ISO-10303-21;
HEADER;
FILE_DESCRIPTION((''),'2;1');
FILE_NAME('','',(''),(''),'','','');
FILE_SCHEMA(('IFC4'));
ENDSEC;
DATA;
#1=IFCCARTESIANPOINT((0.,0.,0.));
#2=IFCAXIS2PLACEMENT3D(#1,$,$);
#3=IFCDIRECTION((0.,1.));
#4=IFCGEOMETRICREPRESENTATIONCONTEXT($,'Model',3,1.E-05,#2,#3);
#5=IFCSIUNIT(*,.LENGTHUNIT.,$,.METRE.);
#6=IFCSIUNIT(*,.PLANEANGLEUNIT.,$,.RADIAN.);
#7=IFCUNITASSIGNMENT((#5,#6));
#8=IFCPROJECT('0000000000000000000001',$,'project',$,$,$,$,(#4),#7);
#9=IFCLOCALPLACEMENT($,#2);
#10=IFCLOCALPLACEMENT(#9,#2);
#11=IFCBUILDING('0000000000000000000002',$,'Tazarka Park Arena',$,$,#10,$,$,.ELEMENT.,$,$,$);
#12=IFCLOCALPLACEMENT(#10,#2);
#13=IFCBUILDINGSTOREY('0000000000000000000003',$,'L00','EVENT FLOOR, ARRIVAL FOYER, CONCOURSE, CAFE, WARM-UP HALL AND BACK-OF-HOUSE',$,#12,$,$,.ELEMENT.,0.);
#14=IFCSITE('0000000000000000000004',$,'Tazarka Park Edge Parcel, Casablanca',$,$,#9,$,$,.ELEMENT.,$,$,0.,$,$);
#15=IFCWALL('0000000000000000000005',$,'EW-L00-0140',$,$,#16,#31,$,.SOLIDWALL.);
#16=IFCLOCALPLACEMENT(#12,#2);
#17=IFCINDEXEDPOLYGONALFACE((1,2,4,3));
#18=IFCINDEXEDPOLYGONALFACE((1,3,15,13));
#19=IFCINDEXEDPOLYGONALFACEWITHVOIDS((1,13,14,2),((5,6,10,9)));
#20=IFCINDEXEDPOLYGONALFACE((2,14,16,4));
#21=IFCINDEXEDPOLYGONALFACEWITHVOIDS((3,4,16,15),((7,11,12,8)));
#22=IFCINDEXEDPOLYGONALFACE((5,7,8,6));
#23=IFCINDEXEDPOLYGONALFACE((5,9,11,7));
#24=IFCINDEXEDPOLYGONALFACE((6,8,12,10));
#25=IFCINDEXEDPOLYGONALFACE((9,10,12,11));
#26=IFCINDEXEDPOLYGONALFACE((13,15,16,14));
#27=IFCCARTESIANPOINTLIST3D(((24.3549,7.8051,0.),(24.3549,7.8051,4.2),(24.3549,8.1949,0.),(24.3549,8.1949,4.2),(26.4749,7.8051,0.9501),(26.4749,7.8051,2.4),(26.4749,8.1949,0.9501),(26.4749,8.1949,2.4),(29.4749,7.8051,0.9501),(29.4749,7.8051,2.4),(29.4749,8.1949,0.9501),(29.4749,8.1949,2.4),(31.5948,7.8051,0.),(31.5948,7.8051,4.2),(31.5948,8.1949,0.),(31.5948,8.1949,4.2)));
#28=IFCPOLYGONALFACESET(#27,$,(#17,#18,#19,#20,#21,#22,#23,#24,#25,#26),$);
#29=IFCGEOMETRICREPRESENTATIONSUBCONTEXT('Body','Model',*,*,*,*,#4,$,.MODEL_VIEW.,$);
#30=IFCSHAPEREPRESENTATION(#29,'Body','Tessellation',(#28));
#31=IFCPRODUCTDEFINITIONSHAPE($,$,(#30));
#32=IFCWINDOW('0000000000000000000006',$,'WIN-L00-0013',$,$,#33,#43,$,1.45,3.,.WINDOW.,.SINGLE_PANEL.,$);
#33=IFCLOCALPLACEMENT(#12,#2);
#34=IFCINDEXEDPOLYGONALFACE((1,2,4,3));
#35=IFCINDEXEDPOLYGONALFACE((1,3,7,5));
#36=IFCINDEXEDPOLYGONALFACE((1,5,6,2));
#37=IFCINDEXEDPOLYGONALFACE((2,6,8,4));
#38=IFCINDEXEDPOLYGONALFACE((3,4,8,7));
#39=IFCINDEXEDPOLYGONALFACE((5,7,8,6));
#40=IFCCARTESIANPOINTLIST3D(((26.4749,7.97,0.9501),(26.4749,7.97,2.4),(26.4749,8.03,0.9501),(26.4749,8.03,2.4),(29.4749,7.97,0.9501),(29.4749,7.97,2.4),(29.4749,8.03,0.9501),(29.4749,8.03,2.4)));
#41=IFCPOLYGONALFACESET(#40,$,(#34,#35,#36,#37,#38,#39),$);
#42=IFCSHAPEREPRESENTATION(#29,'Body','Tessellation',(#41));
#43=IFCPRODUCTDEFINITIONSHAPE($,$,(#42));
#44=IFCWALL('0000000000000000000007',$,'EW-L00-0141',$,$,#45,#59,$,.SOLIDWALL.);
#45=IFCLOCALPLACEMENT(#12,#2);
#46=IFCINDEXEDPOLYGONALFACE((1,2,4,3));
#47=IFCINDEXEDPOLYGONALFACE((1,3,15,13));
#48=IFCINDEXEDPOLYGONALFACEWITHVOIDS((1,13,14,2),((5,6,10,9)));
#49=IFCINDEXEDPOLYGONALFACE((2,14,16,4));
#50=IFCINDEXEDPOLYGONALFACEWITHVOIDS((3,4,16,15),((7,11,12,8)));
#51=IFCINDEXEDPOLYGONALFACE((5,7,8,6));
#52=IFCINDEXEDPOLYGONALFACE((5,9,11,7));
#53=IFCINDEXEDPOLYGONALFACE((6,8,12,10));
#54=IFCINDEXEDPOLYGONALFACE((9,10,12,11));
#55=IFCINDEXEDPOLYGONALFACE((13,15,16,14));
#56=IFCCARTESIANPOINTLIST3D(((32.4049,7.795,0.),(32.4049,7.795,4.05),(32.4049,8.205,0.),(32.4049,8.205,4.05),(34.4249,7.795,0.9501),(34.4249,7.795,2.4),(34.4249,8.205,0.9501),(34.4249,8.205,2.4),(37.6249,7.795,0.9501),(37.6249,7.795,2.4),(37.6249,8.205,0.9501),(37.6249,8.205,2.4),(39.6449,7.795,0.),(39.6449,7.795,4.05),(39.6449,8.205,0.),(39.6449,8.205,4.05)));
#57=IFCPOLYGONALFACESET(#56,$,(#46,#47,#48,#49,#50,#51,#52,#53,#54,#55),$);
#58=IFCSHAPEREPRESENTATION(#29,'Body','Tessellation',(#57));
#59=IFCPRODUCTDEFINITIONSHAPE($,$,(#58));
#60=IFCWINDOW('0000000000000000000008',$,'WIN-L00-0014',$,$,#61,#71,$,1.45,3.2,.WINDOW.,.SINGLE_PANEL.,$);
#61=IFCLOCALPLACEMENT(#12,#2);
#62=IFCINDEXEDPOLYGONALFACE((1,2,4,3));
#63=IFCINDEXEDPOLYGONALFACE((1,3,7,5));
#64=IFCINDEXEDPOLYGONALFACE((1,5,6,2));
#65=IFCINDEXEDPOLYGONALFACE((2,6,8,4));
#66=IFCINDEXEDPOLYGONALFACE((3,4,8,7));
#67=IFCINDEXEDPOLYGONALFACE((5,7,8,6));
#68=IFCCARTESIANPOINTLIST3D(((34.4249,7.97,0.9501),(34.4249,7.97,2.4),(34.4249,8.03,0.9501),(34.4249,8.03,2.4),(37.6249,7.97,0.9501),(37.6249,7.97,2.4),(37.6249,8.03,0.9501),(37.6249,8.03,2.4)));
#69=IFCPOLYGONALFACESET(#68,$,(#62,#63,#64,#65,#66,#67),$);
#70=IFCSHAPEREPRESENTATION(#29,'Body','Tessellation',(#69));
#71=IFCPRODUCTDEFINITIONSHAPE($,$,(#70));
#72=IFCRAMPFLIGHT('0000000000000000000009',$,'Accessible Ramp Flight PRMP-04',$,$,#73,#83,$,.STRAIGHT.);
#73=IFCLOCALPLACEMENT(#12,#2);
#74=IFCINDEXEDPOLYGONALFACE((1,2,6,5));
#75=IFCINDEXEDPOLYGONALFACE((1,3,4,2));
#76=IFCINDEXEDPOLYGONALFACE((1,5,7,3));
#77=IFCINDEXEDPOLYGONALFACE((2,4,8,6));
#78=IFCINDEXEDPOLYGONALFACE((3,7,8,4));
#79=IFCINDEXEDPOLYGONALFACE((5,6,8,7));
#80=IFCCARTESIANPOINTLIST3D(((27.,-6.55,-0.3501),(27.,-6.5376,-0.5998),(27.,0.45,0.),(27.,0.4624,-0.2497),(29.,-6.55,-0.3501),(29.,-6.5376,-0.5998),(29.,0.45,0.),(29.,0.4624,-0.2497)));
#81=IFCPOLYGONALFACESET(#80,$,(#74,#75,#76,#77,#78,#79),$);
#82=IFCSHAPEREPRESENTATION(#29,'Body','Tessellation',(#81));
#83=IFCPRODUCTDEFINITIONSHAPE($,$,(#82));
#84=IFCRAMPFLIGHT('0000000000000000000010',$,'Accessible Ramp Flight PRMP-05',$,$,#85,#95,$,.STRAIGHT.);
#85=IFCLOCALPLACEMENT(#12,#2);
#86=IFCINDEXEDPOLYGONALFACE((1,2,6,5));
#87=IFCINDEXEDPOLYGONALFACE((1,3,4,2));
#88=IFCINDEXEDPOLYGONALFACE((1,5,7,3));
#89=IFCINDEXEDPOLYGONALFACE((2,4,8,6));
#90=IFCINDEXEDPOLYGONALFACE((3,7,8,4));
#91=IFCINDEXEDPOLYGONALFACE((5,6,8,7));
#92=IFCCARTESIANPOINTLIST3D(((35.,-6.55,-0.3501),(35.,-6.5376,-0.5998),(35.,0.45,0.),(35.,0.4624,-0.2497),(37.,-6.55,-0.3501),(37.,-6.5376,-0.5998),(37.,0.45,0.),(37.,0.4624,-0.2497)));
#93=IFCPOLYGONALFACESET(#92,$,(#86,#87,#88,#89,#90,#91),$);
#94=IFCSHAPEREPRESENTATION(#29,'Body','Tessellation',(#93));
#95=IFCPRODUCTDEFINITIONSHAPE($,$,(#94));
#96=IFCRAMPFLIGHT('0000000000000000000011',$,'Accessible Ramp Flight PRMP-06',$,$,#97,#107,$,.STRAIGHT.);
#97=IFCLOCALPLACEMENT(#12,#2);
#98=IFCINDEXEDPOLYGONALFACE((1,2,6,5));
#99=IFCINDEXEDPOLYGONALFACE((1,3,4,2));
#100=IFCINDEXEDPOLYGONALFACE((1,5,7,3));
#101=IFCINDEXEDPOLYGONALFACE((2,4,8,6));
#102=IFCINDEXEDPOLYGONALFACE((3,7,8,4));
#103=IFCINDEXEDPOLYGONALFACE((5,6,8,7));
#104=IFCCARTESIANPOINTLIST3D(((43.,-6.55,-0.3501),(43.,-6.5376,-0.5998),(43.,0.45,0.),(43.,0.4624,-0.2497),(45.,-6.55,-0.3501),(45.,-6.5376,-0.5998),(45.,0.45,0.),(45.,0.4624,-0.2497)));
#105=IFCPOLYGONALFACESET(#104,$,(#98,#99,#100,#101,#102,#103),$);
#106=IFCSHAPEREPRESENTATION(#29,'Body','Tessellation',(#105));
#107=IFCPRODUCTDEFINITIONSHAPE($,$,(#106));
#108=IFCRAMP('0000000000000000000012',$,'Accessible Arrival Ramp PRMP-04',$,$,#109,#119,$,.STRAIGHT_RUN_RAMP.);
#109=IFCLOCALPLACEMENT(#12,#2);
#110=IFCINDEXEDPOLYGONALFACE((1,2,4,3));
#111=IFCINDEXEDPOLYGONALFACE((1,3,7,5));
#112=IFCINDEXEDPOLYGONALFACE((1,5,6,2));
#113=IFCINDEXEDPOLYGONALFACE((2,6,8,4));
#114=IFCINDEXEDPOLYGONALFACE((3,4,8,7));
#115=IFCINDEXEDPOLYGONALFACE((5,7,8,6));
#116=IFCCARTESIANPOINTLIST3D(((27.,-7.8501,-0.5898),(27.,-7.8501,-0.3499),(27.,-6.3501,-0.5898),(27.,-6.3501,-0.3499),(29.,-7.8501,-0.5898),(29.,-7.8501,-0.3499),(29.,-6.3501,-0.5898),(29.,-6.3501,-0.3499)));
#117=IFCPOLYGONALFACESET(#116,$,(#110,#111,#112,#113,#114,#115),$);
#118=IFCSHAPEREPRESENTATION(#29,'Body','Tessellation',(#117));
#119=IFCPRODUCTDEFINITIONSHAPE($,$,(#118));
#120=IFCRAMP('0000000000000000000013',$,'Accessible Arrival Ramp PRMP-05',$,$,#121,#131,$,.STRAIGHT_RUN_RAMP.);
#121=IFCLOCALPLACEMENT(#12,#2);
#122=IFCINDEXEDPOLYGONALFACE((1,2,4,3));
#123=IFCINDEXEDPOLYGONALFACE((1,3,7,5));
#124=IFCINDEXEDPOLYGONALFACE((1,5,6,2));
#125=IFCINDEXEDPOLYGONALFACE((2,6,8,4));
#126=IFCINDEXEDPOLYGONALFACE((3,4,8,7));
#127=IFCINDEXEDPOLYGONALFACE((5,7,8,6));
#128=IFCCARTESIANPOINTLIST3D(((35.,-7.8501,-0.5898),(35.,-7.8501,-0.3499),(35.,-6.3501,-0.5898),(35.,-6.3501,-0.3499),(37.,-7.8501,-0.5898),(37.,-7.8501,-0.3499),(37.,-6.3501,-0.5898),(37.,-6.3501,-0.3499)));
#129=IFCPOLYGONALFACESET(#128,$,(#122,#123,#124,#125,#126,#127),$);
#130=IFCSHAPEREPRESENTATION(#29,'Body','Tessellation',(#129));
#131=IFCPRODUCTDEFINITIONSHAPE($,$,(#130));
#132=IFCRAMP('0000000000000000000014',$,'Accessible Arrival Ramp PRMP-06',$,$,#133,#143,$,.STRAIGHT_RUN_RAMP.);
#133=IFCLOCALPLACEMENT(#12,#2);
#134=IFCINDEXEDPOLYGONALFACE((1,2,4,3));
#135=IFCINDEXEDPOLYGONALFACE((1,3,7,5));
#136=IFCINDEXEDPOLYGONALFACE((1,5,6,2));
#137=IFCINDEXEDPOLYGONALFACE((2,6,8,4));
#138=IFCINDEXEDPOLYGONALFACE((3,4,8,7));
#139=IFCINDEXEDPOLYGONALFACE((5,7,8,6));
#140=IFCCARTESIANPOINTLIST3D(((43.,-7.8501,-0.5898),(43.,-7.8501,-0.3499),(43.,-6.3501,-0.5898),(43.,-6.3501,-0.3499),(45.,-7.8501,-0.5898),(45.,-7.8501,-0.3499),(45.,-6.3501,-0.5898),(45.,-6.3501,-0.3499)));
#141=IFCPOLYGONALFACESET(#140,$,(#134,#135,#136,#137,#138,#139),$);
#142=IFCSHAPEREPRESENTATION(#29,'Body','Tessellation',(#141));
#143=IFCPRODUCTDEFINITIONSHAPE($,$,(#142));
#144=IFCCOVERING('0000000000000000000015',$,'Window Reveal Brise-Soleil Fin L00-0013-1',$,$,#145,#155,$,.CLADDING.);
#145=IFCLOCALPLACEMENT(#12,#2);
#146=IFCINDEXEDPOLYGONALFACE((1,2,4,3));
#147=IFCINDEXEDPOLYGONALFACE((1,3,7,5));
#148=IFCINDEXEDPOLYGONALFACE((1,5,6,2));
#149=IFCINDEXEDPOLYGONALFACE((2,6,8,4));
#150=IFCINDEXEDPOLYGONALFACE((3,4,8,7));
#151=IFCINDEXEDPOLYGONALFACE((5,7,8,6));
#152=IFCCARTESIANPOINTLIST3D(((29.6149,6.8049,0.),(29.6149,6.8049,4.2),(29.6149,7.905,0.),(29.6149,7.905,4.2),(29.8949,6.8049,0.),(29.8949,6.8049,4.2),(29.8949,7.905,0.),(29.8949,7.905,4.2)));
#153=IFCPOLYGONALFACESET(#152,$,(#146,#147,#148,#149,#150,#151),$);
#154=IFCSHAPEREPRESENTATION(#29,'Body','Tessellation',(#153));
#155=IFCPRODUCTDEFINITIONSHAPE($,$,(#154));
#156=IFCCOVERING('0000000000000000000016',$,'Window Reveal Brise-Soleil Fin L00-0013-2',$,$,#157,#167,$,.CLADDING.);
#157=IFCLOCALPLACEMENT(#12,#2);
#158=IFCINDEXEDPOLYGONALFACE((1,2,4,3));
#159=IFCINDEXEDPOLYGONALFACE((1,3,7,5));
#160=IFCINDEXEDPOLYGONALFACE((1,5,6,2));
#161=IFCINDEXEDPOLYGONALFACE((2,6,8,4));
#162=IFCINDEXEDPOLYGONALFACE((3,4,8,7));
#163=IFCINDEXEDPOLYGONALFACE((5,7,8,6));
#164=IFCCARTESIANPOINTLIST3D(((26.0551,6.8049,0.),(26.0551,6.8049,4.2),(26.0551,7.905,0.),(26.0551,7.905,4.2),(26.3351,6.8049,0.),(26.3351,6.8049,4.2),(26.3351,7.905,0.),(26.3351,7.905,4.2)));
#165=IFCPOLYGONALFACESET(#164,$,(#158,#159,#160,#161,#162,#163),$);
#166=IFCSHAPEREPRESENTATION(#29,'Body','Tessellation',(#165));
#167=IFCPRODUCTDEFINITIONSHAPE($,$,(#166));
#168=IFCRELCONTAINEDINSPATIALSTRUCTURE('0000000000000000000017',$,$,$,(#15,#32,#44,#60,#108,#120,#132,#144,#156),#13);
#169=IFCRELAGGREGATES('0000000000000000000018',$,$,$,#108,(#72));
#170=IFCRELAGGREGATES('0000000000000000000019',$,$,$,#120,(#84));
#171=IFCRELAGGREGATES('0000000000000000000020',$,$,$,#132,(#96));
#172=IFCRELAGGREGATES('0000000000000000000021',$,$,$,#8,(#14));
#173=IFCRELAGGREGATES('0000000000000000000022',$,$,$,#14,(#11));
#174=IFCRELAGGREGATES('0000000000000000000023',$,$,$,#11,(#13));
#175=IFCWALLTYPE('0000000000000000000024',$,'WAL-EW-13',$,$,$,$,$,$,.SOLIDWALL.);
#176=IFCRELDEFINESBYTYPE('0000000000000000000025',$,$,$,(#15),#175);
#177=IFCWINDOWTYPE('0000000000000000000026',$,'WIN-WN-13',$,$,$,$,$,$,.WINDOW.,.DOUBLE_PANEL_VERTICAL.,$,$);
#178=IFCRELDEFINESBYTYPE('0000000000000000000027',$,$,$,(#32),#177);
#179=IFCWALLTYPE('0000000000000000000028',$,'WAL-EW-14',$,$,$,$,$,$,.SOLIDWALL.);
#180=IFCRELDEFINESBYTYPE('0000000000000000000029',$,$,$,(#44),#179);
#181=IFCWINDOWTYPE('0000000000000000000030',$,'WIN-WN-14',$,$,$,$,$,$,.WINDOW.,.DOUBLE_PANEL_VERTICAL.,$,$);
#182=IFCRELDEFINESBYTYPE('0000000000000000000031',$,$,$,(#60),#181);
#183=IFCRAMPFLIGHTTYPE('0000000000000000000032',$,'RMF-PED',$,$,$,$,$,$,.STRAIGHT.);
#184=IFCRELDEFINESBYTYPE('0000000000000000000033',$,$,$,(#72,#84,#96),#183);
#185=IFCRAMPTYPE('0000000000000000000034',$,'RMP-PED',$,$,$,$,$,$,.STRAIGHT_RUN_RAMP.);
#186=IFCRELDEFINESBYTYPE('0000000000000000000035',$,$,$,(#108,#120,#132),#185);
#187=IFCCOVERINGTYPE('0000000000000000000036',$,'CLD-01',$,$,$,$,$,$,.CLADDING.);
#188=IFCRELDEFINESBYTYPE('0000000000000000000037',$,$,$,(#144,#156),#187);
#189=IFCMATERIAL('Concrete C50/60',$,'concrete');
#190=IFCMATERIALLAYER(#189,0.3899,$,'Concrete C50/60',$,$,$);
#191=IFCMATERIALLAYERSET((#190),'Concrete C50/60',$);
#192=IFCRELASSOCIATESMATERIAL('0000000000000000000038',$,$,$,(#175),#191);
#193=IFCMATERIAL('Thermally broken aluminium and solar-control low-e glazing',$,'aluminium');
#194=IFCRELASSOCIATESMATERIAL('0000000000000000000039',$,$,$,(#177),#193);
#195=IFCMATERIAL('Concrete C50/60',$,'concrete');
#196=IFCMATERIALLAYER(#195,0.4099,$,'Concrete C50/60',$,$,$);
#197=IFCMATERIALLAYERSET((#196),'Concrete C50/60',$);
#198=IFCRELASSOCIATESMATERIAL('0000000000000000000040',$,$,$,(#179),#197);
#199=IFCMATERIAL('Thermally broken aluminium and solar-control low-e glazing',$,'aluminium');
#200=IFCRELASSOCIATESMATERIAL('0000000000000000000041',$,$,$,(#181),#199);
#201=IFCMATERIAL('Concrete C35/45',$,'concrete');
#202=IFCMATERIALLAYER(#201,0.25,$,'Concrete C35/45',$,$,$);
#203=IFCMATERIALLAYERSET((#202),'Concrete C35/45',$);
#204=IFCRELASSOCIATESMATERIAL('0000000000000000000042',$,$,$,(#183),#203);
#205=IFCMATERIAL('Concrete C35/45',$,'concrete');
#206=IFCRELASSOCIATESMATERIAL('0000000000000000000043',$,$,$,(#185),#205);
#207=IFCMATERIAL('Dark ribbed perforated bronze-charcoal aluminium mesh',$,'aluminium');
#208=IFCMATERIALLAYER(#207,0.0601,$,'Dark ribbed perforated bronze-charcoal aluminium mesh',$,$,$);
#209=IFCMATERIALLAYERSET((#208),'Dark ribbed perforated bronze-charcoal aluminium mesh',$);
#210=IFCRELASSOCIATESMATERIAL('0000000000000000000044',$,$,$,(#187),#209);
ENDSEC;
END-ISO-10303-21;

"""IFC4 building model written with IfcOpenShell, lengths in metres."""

from ifc_helpers import new_model, si_unit, direction, frame, frame_2d, origin, origin_2d, place, context, subcontext, project, spatial, polyline, rectangle, outline, extrude, material, layer, layer_set, type_object, element, fill, aggregate, save


model = new_model("IFC4")

# Units and contexts
model_context = context("Model", 3, precision=1e-05, world=origin(), true_north=direction((0.0, 1.0)))
body_context = subcontext(model_context, "Body", "Model", "MODEL_VIEW")
ifc_project = project(units=[si_unit("LENGTHUNIT", "METRE"), si_unit("PLANEANGLEUNIT", "RADIAN")], contexts=[model_context])

# Site, building, storey
site_placement = place(None, origin())
site = spatial("IfcSite", under=ifc_project, at=site_placement, Name="Tazarka Park Edge Parcel, Casablanca", CompositionType="ELEMENT", RefElevation=0.0)
building_placement = place(site_placement, origin())
building = spatial("IfcBuilding", under=site, at=building_placement, Name="Tazarka Park Arena", CompositionType="ELEMENT")
storey_placement = place(building_placement, origin())
storey = spatial("IfcBuildingStorey", under=building, at=storey_placement, Name="L00", Description="EVENT FLOOR, ARRIVAL FOYER, CONCOURSE, CAFE, WARM-UP HALL AND BACK-OF-HOUSE", CompositionType="ELEMENT", Elevation=0.0)

# Walls, openings, windows
ifc_material_1 = material(Name="Concrete C50/60", Category="concrete")
ifc_layer_1 = layer(ifc_material_1, 0.3899, Name="Concrete C50/60")
ifc_layer_set_1 = layer_set([ifc_layer_1], Name="Concrete C50/60")
wall_type_1 = type_object("IfcWallType", Name="WAL-EW-13", PredefinedType="SOLIDWALL", material=ifc_layer_set_1)
wall_1_placement = place(storey_placement, frame((31.595, 8.0, 0.0), z_axis=(0.0, 0.0, 1.0), x_axis=(-1.0, 0.0, 0.0)))
wall_1 = element("IfcWall", 1, at=wall_1_placement, inside=storey, type_object=wall_type_1, Name="EW-L00-0140", PredefinedType="SOLIDWALL", context=body_context, shape_type="SweptSolid", body=[
    extrude(rectangle(XDim=7.24, YDim=0.3899, at=frame_2d((3.6201, 0.0))), origin(), (0.0, 0.0, 1.0), 4.2),
])
opening_1_placement = place(wall_1_placement, frame((2.1201, 0.0, 0.95)))
opening_1 = element("IfcOpeningElement", 2, at=opening_1_placement, cuts=wall_1, PredefinedType="OPENING", context=body_context, shape_type="SweptSolid", body=[
    extrude(rectangle(XDim=3.0, YDim=1.45, at=frame_2d((1.5, 0.7251))), frame((0.0, 0.2051, 0.0), z_axis=(0.0, -1.0, 0.0), x_axis=(1.0, 0.0, 0.0)), (0.0, 0.0, 1.0), 0.4099),
])
ifc_material_2 = material(Name="Thermally broken aluminium and solar-control low-e glazing", Category="aluminium")
window_type_1 = type_object("IfcWindowType", Name="WIN-WN-13", PartitioningType="DOUBLE_PANEL_VERTICAL", PredefinedType="WINDOW", material=ifc_material_2)
window_1_placement = place(opening_1_placement, origin())
window_1 = element("IfcWindow", 3, at=window_1_placement, inside=storey, type_object=window_type_1, Name="WIN-L00-0013", OverallHeight=1.45, OverallWidth=3.0, PartitioningType="SINGLE_PANEL", PredefinedType="WINDOW", context=body_context, shape_type="SweptSolid", body=[
    extrude(rectangle(XDim=3.0, YDim=1.45, at=frame_2d((1.5, 0.7251))), frame((0.0, 0.03, 0.0), z_axis=(0.0, -1.0, 0.0), x_axis=(1.0, 0.0, 0.0)), (0.0, 0.0, 1.0), 0.0601),
])
fill(opening_1, window_1)
ifc_material_3 = material(Name="Concrete C50/60", Category="concrete")
ifc_layer_2 = layer(ifc_material_3, 0.4099, Name="Concrete C50/60")
ifc_layer_set_2 = layer_set([ifc_layer_2], Name="Concrete C50/60")
wall_type_2 = type_object("IfcWallType", Name="WAL-EW-14", PredefinedType="SOLIDWALL", material=ifc_layer_set_2)
wall_2_placement = place(storey_placement, frame((39.645, 8.0, 0.0), z_axis=(0.0, 0.0, 1.0), x_axis=(-1.0, 0.0, 0.0)))
wall_2 = element("IfcWall", 4, at=wall_2_placement, inside=storey, type_object=wall_type_2, Name="EW-L00-0141", PredefinedType="SOLIDWALL", context=body_context, shape_type="SweptSolid", body=[
    extrude(rectangle(XDim=7.24, YDim=0.4099, at=frame_2d((3.6201, 0.0))), origin(), (0.0, 0.0, 1.0), 4.05),
])
opening_2_placement = place(wall_2_placement, frame((2.02, 0.0, 0.95)))
opening_2 = element("IfcOpeningElement", 5, at=opening_2_placement, cuts=wall_2, PredefinedType="OPENING", context=body_context, shape_type="SweptSolid", body=[
    extrude(rectangle(XDim=3.2, YDim=1.45, at=frame_2d((1.6001, 0.7251))), frame((0.0, 0.2148, 0.0), z_axis=(0.0, -1.0, 0.0), x_axis=(1.0, 0.0, 0.0)), (0.0, 0.0, 1.0), 0.4299),
])
ifc_material_4 = material(Name="Thermally broken aluminium and solar-control low-e glazing", Category="aluminium")
window_type_2 = type_object("IfcWindowType", Name="WIN-WN-14", PartitioningType="DOUBLE_PANEL_VERTICAL", PredefinedType="WINDOW", material=ifc_material_4)
window_2_placement = place(opening_2_placement, origin())
window_2 = element("IfcWindow", 6, at=window_2_placement, inside=storey, type_object=window_type_2, Name="WIN-L00-0014", OverallHeight=1.45, OverallWidth=3.2, PartitioningType="SINGLE_PANEL", PredefinedType="WINDOW", context=body_context, shape_type="SweptSolid", body=[
    extrude(rectangle(XDim=3.2, YDim=1.45, at=frame_2d((1.6001, 0.7251))), frame((0.0, 0.03, 0.0), z_axis=(0.0, -1.0, 0.0), x_axis=(1.0, 0.0, 0.0)), (0.0, 0.0, 1.0), 0.0601),
])
fill(opening_2, window_2)

# Ramp flights
ifc_material_5 = material(Name="Concrete C35/45", Category="concrete")
ifc_layer_3 = layer(ifc_material_5, 0.25, Name="Concrete C35/45")
ifc_layer_set_3 = layer_set([ifc_layer_3], Name="Concrete C35/45")
ramp_flight_type = type_object("IfcRampFlightType", Name="RMF-PED", PredefinedType="STRAIGHT", material=ifc_layer_set_3)
ramp_flight_1_placement = place(storey_placement, frame((27.0, -6.55, -0.3501), z_axis=(0.0, -0.049952, 0.998752), x_axis=(1.0, 0.0, 0.0)))
ramp_flight_1 = element("IfcRampFlight", 7, at=ramp_flight_1_placement, type_object=ramp_flight_type, Name="Accessible Ramp Flight PRMP-04", PredefinedType="STRAIGHT", context=body_context, shape_type="SweptSolid", body=[
    extrude(outline(polyline([(0.0, 0.0), (2.0, 0.0), (2.0, 7.0087), (0.0, 7.0087), (0.0, 0.0)])), origin(), (0.0, 0.0, -1.0), 0.25),
])
ramp_flight_2_placement = place(storey_placement, frame((35.0, -6.55, -0.3501), z_axis=(0.0, -0.049952, 0.998752), x_axis=(1.0, 0.0, 0.0)))
ramp_flight_2 = element("IfcRampFlight", 8, at=ramp_flight_2_placement, type_object=ramp_flight_type, Name="Accessible Ramp Flight PRMP-05", PredefinedType="STRAIGHT", context=body_context, shape_type="SweptSolid", body=[
    extrude(outline(polyline([(0.0, 0.0), (2.0, 0.0), (2.0, 7.0087), (0.0, 7.0087), (0.0, 0.0)])), origin(), (0.0, 0.0, -1.0), 0.25),
])
ramp_flight_3_placement = place(storey_placement, frame((43.0, -6.55, -0.3501), z_axis=(0.0, -0.049952, 0.998752), x_axis=(1.0, 0.0, 0.0)))
ramp_flight_3 = element("IfcRampFlight", 9, at=ramp_flight_3_placement, type_object=ramp_flight_type, Name="Accessible Ramp Flight PRMP-06", PredefinedType="STRAIGHT", context=body_context, shape_type="SweptSolid", body=[
    extrude(outline(polyline([(0.0, 0.0), (2.0, 0.0), (2.0, 7.0087), (0.0, 7.0087), (0.0, 0.0)])), origin(), (0.0, 0.0, -1.0), 0.25),
])

# Ramps
ifc_material_6 = material(Name="Concrete C35/45", Category="concrete")
ramp_type = type_object("IfcRampType", Name="RMP-PED", PredefinedType="STRAIGHT_RUN_RAMP", material=ifc_material_6)
ramp_1_placement = place(storey_placement, frame((28.0, -7.1001, -0.5898), z_axis=(0.0, 0.0, 1.0), x_axis=(1.0, 0.0, 0.0)))
ramp_1 = element("IfcRamp", 10, at=ramp_1_placement, inside=storey, type_object=ramp_type, Name="Accessible Arrival Ramp PRMP-04", PredefinedType="STRAIGHT_RUN_RAMP", context=body_context, shape_type="SweptSolid", body=[
    extrude(rectangle(XDim=2.0, YDim=1.5, at=origin_2d()), origin(), (0.0, 0.0, 1.0), 0.24),
])
aggregate(ramp_1, [ramp_flight_1])
ramp_2_placement = place(storey_placement, frame((36.0, -7.1001, -0.5898), z_axis=(0.0, 0.0, 1.0), x_axis=(1.0, 0.0, 0.0)))
ramp_2 = element("IfcRamp", 11, at=ramp_2_placement, inside=storey, type_object=ramp_type, Name="Accessible Arrival Ramp PRMP-05", PredefinedType="STRAIGHT_RUN_RAMP", context=body_context, shape_type="SweptSolid", body=[
    extrude(rectangle(XDim=2.0, YDim=1.5, at=origin_2d()), origin(), (0.0, 0.0, 1.0), 0.24),
])
aggregate(ramp_2, [ramp_flight_2])
ramp_3_placement = place(storey_placement, frame((44.0, -7.1001, -0.5898), z_axis=(0.0, 0.0, 1.0), x_axis=(1.0, 0.0, 0.0)))
ramp_3 = element("IfcRamp", 12, at=ramp_3_placement, inside=storey, type_object=ramp_type, Name="Accessible Arrival Ramp PRMP-06", PredefinedType="STRAIGHT_RUN_RAMP", context=body_context, shape_type="SweptSolid", body=[
    extrude(rectangle(XDim=2.0, YDim=1.5, at=origin_2d()), origin(), (0.0, 0.0, 1.0), 0.24),
])
aggregate(ramp_3, [ramp_flight_3])

# Coverings
ifc_material_7 = material(Name="Dark ribbed perforated bronze-charcoal aluminium mesh", Category="aluminium")
ifc_layer_4 = layer(ifc_material_7, 0.0601, Name="Dark ribbed perforated bronze-charcoal aluminium mesh")
ifc_layer_set_4 = layer_set([ifc_layer_4], Name="Dark ribbed perforated bronze-charcoal aluminium mesh")
covering_type = type_object("IfcCoveringType", Name="CLD-01", PredefinedType="CLADDING", material=ifc_layer_set_4)
for number, where, z_axis, x_axis, name in (
    (13, (29.7549, 7.355, 0.0), (0.0, 0.0, 1.0), (-1.0, 0.0, 0.0), "Window Reveal Brise-Soleil Fin L00-0013-1"),
    (14, (26.1951, 7.355, 0.0), (0.0, 0.0, 1.0), (-1.0, 0.0, 0.0), "Window Reveal Brise-Soleil Fin L00-0013-2"),
):
    element("IfcCovering", number, at=place(storey_placement, frame(where, z_axis=z_axis, x_axis=x_axis)), inside=storey, type_object=covering_type, Name=name, PredefinedType="CLADDING", context=body_context, shape_type="SweptSolid", body=[
        extrude(rectangle(XDim=0.28, YDim=1.1001, at=origin_2d()), origin(), (0.0, 0.0, 1.0), 4.2),
    ])

save(model, "model.ifc")
